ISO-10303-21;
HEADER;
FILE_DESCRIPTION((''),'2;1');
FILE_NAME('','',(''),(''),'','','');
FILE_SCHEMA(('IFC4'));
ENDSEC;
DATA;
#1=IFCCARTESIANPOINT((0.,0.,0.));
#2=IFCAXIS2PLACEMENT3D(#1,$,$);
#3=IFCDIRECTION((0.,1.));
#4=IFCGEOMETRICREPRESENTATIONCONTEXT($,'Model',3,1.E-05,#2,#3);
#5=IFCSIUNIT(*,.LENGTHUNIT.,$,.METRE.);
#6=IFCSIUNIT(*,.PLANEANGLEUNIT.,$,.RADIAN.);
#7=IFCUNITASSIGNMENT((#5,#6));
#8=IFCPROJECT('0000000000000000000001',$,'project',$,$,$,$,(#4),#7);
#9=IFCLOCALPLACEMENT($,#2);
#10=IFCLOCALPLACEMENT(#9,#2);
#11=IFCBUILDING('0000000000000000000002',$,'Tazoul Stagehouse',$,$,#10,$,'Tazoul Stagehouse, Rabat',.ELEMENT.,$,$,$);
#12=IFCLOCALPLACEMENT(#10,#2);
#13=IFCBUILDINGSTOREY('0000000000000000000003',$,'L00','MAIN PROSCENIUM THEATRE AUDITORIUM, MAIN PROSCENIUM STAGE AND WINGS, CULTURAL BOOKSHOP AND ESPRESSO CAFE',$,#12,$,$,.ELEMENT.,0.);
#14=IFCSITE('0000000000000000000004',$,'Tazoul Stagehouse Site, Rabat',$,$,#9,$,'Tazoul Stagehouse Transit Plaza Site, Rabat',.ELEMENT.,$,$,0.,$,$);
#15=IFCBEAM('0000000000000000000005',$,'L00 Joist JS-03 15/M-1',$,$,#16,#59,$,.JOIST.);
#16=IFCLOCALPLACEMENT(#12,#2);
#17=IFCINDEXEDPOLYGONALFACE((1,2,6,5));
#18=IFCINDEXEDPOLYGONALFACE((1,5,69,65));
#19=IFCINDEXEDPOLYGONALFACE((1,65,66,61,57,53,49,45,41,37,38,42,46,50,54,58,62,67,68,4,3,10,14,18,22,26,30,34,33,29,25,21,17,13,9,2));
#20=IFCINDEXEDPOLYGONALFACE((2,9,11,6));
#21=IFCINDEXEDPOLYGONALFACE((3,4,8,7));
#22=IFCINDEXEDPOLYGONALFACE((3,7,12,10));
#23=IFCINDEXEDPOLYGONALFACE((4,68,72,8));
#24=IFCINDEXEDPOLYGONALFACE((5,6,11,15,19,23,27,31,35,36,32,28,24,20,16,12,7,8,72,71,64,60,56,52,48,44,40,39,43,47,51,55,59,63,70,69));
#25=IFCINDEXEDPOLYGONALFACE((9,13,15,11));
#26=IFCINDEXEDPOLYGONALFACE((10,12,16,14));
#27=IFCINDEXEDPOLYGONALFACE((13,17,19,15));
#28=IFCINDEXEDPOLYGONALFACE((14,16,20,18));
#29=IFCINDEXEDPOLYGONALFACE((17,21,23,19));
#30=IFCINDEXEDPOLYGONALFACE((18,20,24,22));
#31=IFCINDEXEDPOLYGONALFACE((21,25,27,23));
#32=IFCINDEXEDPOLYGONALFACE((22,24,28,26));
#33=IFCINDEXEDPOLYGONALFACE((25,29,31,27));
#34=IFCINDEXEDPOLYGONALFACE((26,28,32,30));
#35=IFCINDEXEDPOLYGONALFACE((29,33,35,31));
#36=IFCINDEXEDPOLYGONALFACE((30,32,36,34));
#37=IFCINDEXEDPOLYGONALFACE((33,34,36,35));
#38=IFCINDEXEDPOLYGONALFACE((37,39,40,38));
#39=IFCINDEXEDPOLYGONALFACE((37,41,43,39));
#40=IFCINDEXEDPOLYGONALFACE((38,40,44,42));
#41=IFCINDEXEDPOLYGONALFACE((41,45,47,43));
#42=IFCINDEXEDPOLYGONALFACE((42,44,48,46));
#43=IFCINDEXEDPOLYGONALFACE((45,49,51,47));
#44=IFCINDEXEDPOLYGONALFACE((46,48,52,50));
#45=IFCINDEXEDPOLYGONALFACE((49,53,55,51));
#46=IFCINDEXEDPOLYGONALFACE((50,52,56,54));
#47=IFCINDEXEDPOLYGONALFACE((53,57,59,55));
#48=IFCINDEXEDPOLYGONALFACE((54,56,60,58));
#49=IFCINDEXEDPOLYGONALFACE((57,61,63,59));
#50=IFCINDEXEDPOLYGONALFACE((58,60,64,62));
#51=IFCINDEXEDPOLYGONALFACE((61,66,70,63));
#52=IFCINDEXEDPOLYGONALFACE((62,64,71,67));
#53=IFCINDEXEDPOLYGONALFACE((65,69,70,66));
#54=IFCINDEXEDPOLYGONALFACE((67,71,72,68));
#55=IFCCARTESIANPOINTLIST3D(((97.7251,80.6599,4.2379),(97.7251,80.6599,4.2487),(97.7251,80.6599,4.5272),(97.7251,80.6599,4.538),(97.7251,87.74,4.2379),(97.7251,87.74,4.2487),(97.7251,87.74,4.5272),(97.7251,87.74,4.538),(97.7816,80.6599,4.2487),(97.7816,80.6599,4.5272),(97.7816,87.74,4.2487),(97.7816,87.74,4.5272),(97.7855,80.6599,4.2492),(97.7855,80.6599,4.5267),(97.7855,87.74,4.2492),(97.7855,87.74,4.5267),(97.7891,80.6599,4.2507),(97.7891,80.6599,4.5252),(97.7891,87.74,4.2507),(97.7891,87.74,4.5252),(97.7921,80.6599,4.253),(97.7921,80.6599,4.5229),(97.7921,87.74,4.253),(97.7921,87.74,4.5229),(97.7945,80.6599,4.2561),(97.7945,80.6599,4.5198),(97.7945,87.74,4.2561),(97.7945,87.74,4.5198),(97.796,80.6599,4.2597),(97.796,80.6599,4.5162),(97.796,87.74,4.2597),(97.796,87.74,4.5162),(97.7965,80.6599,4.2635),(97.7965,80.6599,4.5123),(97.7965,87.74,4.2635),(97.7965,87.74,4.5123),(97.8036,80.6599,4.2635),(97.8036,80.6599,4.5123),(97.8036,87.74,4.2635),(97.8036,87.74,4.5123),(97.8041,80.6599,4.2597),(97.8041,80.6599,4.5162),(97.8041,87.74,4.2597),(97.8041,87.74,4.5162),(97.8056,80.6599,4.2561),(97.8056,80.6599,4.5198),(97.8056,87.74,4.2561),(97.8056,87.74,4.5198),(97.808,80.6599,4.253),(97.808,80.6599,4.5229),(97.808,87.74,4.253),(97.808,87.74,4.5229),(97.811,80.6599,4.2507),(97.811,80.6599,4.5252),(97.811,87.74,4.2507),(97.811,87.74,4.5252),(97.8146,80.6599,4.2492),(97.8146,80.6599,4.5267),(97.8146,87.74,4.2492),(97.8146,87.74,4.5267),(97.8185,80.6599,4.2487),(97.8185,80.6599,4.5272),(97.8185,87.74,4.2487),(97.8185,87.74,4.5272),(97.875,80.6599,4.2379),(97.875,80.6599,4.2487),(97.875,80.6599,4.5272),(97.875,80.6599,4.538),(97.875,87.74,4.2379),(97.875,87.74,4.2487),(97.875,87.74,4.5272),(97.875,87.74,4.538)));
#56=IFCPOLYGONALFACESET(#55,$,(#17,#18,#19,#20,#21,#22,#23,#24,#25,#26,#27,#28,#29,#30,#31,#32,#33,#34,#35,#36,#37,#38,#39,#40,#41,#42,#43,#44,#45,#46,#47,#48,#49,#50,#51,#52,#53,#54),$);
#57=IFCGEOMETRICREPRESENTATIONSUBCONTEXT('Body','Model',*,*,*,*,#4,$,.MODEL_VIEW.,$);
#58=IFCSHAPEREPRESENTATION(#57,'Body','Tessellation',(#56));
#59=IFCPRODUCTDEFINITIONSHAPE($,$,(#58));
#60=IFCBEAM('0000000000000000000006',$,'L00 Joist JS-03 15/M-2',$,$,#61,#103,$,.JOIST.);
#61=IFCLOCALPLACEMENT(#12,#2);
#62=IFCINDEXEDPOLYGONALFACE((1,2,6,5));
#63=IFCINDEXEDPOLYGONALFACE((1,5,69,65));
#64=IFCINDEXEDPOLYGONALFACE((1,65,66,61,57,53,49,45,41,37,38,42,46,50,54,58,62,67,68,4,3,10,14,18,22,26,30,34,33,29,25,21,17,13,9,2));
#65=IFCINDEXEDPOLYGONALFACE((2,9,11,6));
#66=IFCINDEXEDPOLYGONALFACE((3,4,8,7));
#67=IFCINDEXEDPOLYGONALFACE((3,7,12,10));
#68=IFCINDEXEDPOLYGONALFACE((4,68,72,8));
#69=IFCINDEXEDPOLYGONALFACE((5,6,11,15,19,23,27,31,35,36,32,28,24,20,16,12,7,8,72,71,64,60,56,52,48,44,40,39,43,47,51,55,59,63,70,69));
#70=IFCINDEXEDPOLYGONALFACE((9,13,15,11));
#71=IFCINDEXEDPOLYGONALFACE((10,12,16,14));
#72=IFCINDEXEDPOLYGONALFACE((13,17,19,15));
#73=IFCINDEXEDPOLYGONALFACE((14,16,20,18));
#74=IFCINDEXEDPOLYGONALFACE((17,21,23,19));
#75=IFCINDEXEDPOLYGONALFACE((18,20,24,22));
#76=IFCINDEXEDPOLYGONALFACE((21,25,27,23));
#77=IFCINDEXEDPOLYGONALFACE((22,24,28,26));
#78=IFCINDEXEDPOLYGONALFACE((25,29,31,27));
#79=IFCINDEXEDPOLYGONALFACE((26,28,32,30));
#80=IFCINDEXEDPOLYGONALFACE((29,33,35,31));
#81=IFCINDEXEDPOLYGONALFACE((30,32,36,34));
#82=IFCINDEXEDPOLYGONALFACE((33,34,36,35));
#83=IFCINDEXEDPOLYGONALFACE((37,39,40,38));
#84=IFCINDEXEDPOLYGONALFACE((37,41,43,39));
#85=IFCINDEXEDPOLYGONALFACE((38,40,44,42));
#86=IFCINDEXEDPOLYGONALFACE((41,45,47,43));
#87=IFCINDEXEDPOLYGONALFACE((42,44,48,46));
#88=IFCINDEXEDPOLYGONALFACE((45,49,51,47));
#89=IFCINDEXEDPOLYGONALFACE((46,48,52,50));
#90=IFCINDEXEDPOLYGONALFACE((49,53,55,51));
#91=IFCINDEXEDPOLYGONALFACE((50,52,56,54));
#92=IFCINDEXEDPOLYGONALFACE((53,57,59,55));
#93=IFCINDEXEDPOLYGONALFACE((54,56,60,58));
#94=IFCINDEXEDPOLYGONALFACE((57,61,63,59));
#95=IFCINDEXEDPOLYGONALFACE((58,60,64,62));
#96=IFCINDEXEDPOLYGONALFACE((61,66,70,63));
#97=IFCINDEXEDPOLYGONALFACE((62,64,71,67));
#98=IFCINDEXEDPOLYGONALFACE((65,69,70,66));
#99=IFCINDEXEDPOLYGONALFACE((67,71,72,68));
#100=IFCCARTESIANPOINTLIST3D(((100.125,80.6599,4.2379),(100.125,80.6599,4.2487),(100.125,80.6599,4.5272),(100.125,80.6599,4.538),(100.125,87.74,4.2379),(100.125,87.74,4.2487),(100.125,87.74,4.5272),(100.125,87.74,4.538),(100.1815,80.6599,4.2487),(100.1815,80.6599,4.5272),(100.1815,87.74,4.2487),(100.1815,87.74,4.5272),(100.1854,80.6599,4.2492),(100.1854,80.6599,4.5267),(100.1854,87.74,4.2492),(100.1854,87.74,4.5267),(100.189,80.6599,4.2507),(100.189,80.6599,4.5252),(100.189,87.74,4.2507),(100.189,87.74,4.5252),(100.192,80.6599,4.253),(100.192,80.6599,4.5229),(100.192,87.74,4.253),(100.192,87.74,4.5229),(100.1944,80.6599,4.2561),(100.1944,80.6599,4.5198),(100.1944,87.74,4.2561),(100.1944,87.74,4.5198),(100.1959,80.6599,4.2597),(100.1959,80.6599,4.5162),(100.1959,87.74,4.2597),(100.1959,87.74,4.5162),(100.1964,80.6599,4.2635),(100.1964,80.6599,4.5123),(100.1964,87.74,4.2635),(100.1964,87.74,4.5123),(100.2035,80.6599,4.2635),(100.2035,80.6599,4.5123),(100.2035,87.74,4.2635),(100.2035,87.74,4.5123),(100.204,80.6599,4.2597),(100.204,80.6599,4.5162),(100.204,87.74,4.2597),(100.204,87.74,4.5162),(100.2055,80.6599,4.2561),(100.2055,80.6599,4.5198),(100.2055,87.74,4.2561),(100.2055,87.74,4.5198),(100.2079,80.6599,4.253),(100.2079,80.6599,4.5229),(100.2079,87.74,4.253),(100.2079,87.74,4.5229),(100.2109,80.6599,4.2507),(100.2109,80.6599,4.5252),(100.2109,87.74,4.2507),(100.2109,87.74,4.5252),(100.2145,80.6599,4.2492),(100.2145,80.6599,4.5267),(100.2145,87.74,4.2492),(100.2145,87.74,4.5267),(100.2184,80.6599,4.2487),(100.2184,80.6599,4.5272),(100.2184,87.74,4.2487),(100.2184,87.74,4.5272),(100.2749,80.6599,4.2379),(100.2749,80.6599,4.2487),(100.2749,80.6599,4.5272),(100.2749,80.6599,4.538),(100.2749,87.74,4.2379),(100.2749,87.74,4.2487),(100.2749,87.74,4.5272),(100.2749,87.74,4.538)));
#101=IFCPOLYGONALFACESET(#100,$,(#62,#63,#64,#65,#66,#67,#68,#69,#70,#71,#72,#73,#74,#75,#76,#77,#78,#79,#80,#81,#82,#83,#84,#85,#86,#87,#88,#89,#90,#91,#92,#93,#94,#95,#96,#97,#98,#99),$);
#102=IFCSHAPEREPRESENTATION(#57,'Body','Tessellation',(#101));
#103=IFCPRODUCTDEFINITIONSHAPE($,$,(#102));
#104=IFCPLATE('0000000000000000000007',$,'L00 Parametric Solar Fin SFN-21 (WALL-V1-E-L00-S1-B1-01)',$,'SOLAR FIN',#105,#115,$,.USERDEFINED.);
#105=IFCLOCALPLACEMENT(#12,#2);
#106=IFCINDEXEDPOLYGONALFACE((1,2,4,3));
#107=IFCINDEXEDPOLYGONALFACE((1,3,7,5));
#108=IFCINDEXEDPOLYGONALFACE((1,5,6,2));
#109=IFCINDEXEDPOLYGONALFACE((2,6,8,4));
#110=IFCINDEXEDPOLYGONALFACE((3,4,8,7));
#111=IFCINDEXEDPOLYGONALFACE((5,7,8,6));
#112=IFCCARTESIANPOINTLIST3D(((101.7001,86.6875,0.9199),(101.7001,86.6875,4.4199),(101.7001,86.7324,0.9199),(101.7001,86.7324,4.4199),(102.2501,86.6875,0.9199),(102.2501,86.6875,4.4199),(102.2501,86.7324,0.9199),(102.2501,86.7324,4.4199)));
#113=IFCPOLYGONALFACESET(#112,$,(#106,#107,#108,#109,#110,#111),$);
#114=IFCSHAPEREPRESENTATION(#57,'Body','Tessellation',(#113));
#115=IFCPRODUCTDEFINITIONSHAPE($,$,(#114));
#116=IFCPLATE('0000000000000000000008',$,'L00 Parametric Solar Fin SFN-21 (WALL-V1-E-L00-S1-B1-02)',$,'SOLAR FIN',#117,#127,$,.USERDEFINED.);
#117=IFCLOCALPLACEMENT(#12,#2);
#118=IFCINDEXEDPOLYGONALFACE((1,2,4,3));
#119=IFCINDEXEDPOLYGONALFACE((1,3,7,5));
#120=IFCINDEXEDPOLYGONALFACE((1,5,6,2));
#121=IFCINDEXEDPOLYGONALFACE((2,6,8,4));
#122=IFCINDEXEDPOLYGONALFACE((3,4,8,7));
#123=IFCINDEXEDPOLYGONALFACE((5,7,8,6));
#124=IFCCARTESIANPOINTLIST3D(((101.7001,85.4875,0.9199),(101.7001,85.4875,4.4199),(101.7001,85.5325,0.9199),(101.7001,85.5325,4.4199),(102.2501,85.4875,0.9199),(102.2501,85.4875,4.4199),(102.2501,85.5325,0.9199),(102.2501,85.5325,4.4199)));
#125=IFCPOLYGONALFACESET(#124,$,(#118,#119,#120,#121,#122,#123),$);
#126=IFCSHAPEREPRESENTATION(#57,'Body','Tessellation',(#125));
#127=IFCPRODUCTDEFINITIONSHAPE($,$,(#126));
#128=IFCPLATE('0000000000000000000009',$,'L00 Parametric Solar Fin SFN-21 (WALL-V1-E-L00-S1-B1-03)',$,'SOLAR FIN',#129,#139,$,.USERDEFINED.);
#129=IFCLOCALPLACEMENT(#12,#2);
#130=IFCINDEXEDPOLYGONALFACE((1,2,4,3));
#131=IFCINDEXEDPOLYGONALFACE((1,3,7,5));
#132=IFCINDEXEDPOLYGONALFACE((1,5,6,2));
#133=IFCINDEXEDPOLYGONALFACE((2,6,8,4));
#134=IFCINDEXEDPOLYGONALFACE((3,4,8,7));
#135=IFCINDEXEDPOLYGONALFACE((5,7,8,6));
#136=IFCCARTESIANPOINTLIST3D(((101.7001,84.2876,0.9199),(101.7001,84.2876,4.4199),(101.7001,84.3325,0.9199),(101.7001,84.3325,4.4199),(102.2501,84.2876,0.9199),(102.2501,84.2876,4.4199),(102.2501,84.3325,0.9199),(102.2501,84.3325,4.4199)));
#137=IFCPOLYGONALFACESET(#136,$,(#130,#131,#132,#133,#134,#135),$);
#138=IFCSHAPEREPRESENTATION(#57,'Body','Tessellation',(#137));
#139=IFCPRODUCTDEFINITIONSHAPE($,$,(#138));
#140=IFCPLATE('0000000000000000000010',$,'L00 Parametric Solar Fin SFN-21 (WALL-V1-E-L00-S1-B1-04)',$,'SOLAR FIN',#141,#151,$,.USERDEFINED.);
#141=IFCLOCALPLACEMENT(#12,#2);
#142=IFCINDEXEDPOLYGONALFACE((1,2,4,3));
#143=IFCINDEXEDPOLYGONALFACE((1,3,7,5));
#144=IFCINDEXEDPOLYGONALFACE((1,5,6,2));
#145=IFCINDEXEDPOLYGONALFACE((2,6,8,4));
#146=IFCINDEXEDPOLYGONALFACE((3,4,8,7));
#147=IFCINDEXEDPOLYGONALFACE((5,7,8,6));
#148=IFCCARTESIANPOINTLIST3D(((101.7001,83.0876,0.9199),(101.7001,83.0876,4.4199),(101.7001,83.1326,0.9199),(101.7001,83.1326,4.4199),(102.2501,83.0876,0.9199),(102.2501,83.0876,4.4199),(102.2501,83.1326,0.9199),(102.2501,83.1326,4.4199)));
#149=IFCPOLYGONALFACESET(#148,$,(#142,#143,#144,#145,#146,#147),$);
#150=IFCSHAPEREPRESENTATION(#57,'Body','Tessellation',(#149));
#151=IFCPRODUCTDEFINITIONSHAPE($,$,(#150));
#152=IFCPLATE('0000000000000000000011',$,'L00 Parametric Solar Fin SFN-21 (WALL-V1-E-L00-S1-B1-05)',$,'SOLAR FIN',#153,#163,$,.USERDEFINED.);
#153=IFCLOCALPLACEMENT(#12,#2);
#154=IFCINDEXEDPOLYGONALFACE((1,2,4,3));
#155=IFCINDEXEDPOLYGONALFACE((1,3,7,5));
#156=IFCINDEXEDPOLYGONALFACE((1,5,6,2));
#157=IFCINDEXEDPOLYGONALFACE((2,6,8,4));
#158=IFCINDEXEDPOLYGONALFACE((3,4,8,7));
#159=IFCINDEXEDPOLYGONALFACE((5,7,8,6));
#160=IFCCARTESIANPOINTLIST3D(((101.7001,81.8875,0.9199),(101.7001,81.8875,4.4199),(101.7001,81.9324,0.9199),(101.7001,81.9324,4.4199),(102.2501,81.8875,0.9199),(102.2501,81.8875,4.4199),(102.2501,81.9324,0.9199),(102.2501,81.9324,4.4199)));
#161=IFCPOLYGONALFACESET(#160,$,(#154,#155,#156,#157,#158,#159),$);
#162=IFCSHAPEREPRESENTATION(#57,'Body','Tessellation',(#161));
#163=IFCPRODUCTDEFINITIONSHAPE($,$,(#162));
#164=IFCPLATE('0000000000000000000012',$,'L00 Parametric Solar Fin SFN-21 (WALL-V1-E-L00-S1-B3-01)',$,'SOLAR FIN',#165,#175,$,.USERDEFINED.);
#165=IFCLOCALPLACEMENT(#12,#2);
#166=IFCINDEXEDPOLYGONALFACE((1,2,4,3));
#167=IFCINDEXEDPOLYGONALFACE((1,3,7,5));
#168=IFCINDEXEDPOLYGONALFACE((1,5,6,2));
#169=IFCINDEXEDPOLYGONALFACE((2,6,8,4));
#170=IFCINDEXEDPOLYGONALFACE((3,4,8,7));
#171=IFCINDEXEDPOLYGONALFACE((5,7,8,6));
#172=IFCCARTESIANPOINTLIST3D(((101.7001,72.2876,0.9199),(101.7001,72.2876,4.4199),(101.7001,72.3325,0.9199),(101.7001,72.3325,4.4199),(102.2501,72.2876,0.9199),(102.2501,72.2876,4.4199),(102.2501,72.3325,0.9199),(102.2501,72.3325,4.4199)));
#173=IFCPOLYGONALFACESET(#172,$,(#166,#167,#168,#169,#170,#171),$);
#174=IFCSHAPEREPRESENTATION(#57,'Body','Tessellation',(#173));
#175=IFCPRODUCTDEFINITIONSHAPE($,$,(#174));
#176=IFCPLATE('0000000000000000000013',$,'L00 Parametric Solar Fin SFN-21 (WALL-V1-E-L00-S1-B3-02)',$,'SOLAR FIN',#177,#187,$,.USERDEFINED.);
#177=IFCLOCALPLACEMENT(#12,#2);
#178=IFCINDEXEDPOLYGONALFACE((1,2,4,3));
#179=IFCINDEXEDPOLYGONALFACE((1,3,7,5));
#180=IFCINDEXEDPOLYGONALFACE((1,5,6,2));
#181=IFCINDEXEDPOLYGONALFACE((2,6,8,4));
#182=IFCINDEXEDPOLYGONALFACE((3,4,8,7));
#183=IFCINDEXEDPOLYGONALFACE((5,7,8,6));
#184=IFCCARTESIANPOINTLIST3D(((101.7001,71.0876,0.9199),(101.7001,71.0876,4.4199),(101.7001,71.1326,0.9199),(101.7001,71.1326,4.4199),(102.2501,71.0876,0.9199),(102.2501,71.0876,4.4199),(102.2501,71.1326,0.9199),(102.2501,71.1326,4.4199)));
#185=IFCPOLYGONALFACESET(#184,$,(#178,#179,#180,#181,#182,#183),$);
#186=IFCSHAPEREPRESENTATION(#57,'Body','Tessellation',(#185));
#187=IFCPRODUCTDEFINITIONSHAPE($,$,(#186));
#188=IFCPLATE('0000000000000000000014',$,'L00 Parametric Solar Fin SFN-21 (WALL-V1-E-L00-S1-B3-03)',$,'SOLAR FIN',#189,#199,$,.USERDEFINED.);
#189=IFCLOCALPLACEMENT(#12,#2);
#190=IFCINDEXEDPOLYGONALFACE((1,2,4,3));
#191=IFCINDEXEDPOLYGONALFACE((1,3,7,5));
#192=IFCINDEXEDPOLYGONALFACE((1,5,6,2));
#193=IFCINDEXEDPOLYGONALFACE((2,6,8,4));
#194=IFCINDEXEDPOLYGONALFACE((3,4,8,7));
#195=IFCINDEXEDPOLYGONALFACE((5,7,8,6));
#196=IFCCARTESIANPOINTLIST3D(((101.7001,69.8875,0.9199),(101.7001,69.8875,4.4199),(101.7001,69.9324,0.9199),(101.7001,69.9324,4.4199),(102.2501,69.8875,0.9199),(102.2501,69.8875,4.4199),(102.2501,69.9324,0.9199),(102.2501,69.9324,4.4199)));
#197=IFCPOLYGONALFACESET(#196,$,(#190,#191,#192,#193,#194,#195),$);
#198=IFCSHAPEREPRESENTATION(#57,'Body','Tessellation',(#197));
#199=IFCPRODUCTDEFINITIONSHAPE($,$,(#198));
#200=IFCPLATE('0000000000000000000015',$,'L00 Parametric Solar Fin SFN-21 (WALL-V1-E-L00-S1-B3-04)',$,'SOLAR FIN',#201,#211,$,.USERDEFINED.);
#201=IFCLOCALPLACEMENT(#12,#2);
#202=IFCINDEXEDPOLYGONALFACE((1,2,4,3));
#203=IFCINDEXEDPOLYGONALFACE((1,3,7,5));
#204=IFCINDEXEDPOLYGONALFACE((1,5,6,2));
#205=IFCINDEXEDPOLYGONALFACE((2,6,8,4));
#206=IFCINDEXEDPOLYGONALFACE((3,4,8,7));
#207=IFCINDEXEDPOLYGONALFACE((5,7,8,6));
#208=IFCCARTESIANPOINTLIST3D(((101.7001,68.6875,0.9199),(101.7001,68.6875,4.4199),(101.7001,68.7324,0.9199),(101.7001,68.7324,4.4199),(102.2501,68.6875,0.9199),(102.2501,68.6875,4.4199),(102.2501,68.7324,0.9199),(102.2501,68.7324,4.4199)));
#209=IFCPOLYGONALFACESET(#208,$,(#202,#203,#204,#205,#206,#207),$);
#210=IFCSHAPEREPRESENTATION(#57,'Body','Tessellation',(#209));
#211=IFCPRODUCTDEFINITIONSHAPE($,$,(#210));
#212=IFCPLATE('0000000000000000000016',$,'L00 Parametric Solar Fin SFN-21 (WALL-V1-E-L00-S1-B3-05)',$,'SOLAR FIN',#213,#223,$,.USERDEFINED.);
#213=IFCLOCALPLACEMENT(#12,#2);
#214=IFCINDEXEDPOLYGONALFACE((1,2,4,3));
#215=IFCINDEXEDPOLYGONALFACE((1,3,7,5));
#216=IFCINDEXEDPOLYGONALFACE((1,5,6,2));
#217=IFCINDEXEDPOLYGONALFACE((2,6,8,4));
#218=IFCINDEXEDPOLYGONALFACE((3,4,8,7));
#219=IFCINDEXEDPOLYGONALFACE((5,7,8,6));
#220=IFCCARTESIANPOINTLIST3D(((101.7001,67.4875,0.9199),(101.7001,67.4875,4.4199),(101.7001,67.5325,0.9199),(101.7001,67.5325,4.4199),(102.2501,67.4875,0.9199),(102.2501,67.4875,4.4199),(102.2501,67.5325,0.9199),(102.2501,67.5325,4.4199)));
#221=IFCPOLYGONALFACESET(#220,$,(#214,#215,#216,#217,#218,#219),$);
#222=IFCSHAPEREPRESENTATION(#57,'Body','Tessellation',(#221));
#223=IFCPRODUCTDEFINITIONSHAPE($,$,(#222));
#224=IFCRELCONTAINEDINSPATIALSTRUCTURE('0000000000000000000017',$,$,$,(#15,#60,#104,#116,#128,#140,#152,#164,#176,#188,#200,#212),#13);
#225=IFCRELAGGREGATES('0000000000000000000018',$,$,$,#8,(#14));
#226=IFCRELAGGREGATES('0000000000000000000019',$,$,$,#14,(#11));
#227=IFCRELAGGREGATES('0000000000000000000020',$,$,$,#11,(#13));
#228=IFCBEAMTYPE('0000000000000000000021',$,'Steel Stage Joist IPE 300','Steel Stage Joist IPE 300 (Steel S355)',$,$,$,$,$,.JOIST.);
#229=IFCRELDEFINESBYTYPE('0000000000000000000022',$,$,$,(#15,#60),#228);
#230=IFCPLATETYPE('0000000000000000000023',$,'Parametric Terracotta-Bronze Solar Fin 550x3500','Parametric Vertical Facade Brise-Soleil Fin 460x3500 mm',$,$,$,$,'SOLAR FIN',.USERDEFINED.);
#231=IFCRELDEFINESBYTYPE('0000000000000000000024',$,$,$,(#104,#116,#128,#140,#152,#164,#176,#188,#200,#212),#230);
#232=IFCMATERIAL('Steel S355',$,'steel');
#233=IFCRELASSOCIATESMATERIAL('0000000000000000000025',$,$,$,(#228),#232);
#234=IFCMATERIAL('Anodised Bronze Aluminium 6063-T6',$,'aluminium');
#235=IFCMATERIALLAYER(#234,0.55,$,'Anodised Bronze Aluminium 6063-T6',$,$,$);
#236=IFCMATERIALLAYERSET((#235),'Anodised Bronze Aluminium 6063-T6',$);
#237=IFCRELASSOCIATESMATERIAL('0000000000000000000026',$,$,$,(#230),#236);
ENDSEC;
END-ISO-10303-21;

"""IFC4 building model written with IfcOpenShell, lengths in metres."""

from ifc_helpers import new_model, si_unit, direction, frame, origin, origin_2d, place, context, subcontext, project, spatial, rectangle, i_section, extrude, material, layer, layer_set, material_profile, profile_set, type_object, element, save


model = new_model("IFC4")

# Units and contexts
model_context = context("Model", 3, precision=1e-05, world=origin(), true_north=direction((0.0, 1.0)))
body_context = subcontext(model_context, "Body", "Model", "MODEL_VIEW")
ifc_project = project(units=[si_unit("LENGTHUNIT", "METRE"), si_unit("PLANEANGLEUNIT", "RADIAN")], contexts=[model_context])

# Site, building, storey
site_placement = place(None, origin())
site = spatial("IfcSite", under=ifc_project, at=site_placement, Name="Tazoul Stagehouse Site, Rabat", LongName="Tazoul Stagehouse Transit Plaza Site, Rabat", CompositionType="ELEMENT", RefElevation=0.0)
building_placement = place(site_placement, origin())
building = spatial("IfcBuilding", under=site, at=building_placement, Name="Tazoul Stagehouse", LongName="Tazoul Stagehouse, Rabat", CompositionType="ELEMENT")
storey_placement = place(building_placement, origin())
storey = spatial("IfcBuildingStorey", under=building, at=storey_placement, Name="L00", Description="MAIN PROSCENIUM THEATRE AUDITORIUM, MAIN PROSCENIUM STAGE AND WINGS, CULTURAL BOOKSHOP AND ESPRESSO CAFE", CompositionType="ELEMENT", Elevation=0.0)

# Beams
ifc_material_1 = material(Name="Steel S355", Category="steel")
ifc_material_profile_1 = material_profile(ifc_material_1, i_section(OverallWidth=0.1499, OverallDepth=0.3, WebThickness=0.0071, FlangeThickness=0.0107, FilletRadius=0.0149, at=origin_2d()), Name="IPE 300")
ifc_profile_set_1 = profile_set([ifc_material_profile_1], Name="Steel S355")
beam_type_1 = type_object("IfcBeamType", Name="Steel Stage Joist IPE 300", Description="Steel Stage Joist IPE 300 (Steel S355)", PredefinedType="JOIST", material=ifc_profile_set_1)
for number, where, z_axis, x_axis, name in (
    (1, (97.8, 80.6599, 4.3879), (0.0, 1.0, 0.0), (-1.0, 0.0, 0.0), "L00 Joist JS-03 15/M-1"),
    (2, (100.2, 80.6599, 4.3879), (0.0, 1.0, 0.0), (-1.0, 0.0, 0.0), "L00 Joist JS-03 15/M-2"),
):
    element("IfcBeam", number, at=place(storey_placement, frame(where, z_axis=z_axis, x_axis=x_axis)), inside=storey, type_object=beam_type_1, Name=name, PredefinedType="JOIST", context=body_context, shape_type="SweptSolid", body=[
        extrude(i_section(OverallWidth=0.1499, OverallDepth=0.3, WebThickness=0.0071, FlangeThickness=0.0107, FilletRadius=0.0149, at=origin_2d()), origin(), (0.0, 0.0, 1.0), 7.0801),
    ])

# Plates
ifc_material_2 = material(Name="Anodised Bronze Aluminium 6063-T6", Category="aluminium")
ifc_layer_1 = layer(ifc_material_2, 0.55, Name="Anodised Bronze Aluminium 6063-T6")
ifc_layer_set_1 = layer_set([ifc_layer_1], Name="Anodised Bronze Aluminium 6063-T6")
plate_type_1 = type_object("IfcPlateType", Name="Parametric Terracotta-Bronze Solar Fin 550x3500", Description="Parametric Vertical Facade Brise-Soleil Fin 460x3500 mm", ElementType="SOLAR FIN", PredefinedType="USERDEFINED", material=ifc_layer_set_1)
for number, where, z_axis, x_axis, name in (
    (3, (101.9751, 86.71, 0.9199), (0.0, 0.0, 1.0), (0.0, -1.0, 0.0), "L00 Parametric Solar Fin SFN-21 (WALL-V1-E-L00-S1-B1-01)"),
    (4, (101.9751, 85.51, 0.9199), (0.0, 0.0, 1.0), (0.0, -1.0, 0.0), "L00 Parametric Solar Fin SFN-21 (WALL-V1-E-L00-S1-B1-02)"),
    (5, (101.9751, 84.3101, 0.9199), (0.0, 0.0, 1.0), (0.0, -1.0, 0.0), "L00 Parametric Solar Fin SFN-21 (WALL-V1-E-L00-S1-B1-03)"),
    (6, (101.9751, 83.1101, 0.9199), (0.0, 0.0, 1.0), (0.0, -1.0, 0.0), "L00 Parametric Solar Fin SFN-21 (WALL-V1-E-L00-S1-B1-04)"),
    (7, (101.9751, 81.9099, 0.9199), (0.0, 0.0, 1.0), (0.0, -1.0, 0.0), "L00 Parametric Solar Fin SFN-21 (WALL-V1-E-L00-S1-B1-05)"),
    (8, (101.9751, 72.3101, 0.9199), (0.0, 0.0, 1.0), (0.0, -1.0, 0.0), "L00 Parametric Solar Fin SFN-21 (WALL-V1-E-L00-S1-B3-01)"),
    (9, (101.9751, 71.1101, 0.9199), (0.0, 0.0, 1.0), (0.0, -1.0, 0.0), "L00 Parametric Solar Fin SFN-21 (WALL-V1-E-L00-S1-B3-02)"),
    (10, (101.9751, 69.9099, 0.9199), (0.0, 0.0, 1.0), (0.0, -1.0, 0.0), "L00 Parametric Solar Fin SFN-21 (WALL-V1-E-L00-S1-B3-03)"),
    (11, (101.9751, 68.71, 0.9199), (0.0, 0.0, 1.0), (0.0, -1.0, 0.0), "L00 Parametric Solar Fin SFN-21 (WALL-V1-E-L00-S1-B3-04)"),
    (12, (101.9751, 67.51, 0.9199), (0.0, 0.0, 1.0), (0.0, -1.0, 0.0), "L00 Parametric Solar Fin SFN-21 (WALL-V1-E-L00-S1-B3-05)"),
):
    element("IfcPlate", number, at=place(storey_placement, frame(where, z_axis=z_axis, x_axis=x_axis)), inside=storey, type_object=plate_type_1, Name=name, ObjectType="SOLAR FIN", PredefinedType="USERDEFINED", context=body_context, shape_type="SweptSolid", body=[
        extrude(rectangle(XDim=0.0449, YDim=0.55, at=origin_2d()), origin(), (0.0, 0.0, 1.0), 3.5),
    ])

save(model, "model.ifc")
